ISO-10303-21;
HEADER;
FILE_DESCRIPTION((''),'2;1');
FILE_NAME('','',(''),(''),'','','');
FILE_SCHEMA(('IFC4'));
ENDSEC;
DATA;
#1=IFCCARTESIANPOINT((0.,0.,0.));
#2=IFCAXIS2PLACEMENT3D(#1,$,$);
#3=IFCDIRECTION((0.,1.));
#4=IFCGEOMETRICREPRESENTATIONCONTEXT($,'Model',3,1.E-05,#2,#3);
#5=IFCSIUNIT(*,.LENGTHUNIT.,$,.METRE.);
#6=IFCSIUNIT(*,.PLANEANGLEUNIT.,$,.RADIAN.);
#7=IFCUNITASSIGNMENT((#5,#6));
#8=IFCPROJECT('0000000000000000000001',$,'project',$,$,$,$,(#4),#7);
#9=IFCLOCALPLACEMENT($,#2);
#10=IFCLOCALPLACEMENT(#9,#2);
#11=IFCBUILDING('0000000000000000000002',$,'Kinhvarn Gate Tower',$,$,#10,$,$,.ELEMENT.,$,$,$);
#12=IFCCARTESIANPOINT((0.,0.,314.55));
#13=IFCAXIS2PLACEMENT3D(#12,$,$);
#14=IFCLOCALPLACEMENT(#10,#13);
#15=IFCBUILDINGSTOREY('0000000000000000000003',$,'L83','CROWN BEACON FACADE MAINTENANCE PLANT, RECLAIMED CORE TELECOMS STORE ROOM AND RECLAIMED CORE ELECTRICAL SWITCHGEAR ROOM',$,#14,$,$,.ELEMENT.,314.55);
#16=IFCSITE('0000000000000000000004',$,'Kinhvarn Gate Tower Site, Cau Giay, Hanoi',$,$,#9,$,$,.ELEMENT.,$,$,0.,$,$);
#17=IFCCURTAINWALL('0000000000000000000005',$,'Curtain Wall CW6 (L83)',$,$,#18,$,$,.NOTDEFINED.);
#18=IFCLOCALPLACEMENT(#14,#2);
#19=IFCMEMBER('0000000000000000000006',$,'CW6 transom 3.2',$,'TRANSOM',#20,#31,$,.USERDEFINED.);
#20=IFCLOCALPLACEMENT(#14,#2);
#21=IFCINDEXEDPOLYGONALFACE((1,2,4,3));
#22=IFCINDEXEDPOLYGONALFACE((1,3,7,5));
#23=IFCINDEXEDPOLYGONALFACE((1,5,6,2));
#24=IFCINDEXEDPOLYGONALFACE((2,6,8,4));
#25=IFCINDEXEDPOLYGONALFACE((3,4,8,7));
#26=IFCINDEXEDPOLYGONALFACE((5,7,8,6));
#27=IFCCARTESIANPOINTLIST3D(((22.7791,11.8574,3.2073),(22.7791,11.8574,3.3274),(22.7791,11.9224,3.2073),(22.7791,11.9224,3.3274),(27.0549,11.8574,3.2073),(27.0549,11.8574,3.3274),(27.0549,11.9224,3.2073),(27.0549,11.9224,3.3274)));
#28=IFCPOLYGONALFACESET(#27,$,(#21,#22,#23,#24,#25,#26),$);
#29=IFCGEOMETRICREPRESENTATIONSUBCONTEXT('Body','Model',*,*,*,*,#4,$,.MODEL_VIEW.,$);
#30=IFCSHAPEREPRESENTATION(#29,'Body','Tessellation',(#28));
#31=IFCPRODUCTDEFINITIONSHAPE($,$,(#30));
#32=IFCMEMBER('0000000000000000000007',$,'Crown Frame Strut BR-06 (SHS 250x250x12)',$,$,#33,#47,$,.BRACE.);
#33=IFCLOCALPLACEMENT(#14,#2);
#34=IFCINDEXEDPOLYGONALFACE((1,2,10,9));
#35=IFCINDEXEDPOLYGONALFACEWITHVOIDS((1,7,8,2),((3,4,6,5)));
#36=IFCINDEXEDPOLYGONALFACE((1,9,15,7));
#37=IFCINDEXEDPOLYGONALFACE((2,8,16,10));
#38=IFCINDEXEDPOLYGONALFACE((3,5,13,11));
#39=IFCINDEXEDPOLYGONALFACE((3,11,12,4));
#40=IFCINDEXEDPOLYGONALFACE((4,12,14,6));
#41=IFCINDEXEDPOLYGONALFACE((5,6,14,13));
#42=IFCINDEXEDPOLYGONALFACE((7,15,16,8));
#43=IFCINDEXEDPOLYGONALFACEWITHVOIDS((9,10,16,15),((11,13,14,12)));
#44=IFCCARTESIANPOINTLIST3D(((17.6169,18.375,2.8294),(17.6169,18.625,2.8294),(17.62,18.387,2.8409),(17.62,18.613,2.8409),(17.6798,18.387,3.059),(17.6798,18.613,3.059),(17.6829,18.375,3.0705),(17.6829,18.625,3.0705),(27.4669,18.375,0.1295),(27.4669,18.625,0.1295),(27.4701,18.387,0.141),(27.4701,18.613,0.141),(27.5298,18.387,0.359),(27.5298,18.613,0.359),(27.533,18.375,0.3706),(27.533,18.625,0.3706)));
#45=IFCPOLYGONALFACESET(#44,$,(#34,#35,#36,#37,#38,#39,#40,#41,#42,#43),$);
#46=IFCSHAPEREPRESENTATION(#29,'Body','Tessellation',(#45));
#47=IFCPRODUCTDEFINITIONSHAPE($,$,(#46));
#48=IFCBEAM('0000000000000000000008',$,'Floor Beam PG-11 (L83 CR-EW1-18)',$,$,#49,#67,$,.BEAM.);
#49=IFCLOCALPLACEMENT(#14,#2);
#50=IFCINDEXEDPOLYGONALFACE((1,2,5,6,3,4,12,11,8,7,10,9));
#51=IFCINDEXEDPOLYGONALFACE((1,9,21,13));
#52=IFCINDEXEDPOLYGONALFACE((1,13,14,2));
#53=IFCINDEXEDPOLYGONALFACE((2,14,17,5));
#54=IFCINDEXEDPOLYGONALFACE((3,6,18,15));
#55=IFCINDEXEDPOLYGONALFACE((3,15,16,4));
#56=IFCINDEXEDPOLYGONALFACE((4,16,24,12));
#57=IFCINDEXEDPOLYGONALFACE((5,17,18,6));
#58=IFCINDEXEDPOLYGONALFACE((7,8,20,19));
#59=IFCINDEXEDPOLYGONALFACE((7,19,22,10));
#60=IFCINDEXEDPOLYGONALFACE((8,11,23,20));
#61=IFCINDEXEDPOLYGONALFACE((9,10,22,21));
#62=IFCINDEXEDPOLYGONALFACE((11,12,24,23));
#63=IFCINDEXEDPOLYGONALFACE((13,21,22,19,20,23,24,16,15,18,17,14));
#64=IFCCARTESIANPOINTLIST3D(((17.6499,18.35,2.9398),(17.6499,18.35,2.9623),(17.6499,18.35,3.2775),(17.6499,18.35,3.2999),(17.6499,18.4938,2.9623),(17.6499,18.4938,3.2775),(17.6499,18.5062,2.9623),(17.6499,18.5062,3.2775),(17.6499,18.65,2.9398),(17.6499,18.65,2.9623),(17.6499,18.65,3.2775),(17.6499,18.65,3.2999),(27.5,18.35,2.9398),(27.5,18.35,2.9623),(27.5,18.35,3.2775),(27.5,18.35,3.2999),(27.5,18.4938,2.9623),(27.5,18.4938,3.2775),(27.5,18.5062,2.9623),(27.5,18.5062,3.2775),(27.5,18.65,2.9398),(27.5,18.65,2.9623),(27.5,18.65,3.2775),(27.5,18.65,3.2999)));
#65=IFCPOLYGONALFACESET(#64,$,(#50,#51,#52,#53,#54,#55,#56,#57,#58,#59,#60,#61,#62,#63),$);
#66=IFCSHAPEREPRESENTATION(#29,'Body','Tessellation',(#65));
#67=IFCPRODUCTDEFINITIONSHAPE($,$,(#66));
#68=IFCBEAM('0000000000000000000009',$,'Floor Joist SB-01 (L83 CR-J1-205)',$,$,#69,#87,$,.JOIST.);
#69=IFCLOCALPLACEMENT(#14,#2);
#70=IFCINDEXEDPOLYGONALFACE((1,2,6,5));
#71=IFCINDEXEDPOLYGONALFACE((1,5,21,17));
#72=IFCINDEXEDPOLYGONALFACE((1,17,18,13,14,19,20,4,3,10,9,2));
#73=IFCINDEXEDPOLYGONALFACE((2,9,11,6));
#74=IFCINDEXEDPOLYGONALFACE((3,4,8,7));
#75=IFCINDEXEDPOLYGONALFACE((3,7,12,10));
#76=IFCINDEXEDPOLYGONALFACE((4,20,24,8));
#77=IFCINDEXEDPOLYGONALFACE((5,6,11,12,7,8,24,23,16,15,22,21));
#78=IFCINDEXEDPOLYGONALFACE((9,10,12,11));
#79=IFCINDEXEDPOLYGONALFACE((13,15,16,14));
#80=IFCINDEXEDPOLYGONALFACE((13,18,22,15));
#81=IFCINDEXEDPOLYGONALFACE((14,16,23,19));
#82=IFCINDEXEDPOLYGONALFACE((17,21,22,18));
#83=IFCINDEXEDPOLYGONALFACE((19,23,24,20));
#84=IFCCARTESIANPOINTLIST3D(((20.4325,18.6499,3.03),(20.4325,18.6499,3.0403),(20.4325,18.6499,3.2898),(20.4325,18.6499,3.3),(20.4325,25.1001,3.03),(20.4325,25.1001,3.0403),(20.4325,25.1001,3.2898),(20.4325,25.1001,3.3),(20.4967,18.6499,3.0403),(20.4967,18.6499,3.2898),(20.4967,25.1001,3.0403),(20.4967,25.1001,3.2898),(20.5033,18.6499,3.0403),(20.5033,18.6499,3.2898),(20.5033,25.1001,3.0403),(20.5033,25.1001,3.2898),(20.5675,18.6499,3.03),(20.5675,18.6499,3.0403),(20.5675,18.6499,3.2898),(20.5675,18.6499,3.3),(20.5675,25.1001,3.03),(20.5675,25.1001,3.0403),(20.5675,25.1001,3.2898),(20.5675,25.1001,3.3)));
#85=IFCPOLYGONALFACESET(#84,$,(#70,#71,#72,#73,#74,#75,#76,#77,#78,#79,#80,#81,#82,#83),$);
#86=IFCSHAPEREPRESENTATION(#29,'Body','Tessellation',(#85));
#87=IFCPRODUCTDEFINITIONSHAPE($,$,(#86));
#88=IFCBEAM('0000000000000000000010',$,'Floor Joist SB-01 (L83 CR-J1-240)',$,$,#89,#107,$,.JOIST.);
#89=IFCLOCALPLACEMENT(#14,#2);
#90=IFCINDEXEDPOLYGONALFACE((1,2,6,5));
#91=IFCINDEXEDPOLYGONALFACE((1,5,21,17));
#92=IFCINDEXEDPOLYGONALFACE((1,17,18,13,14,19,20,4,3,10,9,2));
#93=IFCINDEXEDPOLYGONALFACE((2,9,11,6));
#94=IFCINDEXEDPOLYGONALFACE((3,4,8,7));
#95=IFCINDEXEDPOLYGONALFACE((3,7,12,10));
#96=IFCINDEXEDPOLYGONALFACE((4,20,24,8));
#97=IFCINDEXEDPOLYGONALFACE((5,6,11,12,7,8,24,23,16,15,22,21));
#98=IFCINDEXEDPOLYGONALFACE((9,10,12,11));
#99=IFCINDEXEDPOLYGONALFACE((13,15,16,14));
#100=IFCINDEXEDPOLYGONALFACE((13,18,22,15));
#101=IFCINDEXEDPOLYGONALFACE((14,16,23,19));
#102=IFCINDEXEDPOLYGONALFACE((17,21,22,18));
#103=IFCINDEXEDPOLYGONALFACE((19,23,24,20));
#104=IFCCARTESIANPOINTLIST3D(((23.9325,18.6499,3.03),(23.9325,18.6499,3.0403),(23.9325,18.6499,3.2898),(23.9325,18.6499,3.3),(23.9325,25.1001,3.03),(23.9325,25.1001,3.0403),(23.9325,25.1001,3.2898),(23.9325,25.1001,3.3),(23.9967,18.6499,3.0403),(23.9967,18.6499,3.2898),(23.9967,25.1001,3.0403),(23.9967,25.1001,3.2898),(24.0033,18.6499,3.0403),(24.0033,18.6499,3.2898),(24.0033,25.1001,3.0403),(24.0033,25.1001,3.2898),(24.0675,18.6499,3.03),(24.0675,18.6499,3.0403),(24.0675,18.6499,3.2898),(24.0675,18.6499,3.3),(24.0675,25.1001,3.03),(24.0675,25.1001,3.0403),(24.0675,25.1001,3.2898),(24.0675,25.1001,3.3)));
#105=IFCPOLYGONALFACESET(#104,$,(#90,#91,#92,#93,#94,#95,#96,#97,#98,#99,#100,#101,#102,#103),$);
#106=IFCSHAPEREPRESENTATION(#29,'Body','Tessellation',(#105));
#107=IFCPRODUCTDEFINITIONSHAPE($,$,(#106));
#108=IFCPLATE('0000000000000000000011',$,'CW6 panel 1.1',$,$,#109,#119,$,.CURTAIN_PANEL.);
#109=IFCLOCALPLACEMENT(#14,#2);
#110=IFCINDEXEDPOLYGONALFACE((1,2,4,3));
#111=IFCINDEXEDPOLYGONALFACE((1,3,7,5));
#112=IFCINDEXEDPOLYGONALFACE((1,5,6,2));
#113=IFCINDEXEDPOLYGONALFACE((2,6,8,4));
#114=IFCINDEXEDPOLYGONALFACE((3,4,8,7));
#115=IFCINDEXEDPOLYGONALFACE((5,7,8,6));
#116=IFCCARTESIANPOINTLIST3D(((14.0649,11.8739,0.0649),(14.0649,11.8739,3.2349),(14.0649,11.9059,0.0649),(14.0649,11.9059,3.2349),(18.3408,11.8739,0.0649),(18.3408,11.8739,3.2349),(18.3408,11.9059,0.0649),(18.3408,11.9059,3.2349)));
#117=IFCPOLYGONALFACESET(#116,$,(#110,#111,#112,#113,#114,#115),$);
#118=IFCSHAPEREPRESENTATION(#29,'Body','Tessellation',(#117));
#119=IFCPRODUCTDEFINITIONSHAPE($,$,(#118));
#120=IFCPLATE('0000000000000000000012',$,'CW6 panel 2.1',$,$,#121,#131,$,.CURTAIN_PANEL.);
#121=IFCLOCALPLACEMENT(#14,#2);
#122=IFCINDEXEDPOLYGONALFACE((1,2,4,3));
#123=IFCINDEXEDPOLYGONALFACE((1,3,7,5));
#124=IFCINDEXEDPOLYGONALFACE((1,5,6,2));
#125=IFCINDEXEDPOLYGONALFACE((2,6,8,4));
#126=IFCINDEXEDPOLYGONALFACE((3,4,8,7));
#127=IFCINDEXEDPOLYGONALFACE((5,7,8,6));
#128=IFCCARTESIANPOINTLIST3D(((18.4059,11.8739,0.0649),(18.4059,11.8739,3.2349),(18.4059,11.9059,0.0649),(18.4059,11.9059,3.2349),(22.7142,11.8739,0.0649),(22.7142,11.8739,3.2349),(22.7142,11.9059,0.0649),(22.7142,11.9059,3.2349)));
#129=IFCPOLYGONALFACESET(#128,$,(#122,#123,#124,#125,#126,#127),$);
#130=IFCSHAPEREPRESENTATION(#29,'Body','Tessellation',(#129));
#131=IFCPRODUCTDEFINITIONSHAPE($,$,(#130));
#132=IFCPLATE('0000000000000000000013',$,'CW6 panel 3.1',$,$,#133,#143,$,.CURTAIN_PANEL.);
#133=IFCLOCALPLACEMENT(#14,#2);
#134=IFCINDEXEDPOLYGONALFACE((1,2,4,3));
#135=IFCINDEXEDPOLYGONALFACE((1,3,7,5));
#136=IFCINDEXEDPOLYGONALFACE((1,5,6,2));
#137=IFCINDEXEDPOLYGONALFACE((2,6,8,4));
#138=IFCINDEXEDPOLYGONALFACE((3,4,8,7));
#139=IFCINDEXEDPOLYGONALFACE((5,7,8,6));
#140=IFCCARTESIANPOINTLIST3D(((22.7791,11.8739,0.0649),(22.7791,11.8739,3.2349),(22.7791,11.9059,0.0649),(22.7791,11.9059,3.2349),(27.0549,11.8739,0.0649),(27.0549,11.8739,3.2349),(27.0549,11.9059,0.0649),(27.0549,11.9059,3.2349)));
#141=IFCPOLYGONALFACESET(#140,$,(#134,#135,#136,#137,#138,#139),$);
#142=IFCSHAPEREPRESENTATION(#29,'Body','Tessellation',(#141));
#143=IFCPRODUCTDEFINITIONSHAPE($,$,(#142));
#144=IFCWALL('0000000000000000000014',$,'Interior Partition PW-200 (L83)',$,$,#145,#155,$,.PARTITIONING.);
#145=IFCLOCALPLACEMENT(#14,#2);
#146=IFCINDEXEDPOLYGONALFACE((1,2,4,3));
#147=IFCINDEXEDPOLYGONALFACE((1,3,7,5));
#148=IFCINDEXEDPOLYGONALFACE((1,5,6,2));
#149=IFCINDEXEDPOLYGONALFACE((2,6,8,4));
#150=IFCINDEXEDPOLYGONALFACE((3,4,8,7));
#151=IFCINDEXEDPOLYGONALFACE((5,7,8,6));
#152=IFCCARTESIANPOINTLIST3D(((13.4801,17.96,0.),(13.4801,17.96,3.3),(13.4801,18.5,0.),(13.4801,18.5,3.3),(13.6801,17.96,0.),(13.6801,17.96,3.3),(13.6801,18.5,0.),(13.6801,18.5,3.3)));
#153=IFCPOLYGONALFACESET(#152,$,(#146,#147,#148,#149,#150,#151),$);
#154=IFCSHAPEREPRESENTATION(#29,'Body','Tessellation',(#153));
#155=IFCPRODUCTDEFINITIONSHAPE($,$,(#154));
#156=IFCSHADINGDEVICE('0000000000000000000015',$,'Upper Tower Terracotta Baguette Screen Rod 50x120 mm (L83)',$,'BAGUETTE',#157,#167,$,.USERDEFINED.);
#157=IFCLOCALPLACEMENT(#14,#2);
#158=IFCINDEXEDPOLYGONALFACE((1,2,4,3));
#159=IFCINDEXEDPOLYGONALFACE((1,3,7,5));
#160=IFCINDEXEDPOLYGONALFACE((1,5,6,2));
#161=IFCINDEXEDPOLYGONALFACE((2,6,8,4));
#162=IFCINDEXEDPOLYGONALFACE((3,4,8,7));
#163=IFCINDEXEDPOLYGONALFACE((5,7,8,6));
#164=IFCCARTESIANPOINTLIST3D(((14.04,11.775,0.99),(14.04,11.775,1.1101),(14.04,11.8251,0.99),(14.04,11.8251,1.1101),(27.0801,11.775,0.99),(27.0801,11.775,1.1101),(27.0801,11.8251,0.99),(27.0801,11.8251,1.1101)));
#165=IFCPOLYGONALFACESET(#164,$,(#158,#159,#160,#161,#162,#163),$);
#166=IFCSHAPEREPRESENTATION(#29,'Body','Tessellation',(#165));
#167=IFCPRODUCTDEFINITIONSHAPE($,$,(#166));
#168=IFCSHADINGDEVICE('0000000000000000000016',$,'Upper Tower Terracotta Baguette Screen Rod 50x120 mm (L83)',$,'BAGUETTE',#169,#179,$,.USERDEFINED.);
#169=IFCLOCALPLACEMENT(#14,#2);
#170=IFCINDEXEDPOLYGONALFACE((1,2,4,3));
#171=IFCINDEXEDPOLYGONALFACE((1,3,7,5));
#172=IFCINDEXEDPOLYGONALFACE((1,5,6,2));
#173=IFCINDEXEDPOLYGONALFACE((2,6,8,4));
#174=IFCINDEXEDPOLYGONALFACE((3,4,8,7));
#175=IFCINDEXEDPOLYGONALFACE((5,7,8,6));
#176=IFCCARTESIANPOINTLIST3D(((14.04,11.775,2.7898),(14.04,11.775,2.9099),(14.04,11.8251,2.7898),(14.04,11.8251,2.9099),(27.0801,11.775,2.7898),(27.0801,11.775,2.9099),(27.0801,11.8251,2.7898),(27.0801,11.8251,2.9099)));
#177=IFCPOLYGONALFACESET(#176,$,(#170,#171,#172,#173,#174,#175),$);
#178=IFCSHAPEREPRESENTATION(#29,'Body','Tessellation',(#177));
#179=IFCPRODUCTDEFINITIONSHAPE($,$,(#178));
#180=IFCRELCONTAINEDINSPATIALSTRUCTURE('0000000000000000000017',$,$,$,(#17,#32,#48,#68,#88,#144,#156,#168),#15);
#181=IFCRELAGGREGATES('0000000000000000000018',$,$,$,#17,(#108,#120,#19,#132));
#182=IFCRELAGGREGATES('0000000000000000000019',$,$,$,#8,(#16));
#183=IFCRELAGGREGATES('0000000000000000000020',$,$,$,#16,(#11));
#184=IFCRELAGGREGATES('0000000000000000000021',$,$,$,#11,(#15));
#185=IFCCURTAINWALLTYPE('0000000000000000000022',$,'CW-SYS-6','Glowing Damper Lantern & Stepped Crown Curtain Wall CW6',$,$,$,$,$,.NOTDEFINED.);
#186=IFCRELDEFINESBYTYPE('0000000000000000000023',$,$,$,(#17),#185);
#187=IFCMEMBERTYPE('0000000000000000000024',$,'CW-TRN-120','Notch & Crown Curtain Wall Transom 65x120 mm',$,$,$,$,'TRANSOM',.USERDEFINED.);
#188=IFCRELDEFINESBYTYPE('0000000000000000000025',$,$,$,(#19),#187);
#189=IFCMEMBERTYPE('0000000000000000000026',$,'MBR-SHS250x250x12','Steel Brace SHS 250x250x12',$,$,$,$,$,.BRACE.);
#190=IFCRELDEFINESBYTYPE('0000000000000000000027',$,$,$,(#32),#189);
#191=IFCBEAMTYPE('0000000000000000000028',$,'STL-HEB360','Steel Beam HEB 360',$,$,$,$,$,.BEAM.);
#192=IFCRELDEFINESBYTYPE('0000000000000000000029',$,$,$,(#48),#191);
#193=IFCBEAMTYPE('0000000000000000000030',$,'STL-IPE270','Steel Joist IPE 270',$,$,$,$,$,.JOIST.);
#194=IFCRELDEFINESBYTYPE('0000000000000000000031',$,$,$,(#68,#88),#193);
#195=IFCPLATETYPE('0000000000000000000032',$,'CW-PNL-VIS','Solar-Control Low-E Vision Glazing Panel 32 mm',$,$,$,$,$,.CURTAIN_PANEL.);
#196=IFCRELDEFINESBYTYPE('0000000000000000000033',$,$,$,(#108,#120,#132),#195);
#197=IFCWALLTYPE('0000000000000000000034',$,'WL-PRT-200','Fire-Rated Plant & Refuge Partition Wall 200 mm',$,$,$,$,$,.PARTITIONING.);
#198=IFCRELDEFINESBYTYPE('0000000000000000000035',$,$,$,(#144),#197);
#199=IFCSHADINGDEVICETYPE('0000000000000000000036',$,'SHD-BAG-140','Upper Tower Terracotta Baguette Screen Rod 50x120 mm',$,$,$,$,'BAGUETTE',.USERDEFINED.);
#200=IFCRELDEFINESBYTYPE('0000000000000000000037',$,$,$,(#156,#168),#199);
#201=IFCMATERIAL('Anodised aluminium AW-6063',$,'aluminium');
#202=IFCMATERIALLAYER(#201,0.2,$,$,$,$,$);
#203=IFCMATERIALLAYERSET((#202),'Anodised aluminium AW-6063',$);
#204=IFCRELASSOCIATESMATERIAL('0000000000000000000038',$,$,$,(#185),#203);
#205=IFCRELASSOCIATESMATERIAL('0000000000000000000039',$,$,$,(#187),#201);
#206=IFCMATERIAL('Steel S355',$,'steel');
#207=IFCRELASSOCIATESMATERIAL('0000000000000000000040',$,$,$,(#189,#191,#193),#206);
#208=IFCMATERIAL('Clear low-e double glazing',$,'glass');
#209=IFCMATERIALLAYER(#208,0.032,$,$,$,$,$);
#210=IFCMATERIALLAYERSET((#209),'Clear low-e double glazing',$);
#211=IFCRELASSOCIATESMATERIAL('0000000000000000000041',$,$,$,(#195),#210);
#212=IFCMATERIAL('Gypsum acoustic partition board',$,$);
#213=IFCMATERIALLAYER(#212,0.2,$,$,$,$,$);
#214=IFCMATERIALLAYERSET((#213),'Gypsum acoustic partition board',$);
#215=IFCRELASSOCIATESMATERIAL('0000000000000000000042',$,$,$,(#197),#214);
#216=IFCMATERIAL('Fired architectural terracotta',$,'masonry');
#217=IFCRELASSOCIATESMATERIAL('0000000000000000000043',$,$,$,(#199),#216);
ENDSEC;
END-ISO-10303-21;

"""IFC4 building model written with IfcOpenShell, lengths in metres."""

from ifc_helpers import new_model, si_unit, direction, frame, frame_2d, origin, origin_2d, place, context, subcontext, project, spatial, rectangle, hollow_rectangle, i_section, extrude, material, layer, layer_set, material_profile, profile_set, type_object, element, aggregate, save


model = new_model("IFC4")

# Units and contexts
model_context = context("Model", 3, precision=1e-05, world=origin(), true_north=direction((0.0, 1.0)))
body_context = subcontext(model_context, "Body", "Model", "MODEL_VIEW")
ifc_project = project(units=[si_unit("LENGTHUNIT", "METRE"), si_unit("PLANEANGLEUNIT", "RADIAN")], contexts=[model_context])

# Site, building, storey
site_placement = place(None, origin())
site = spatial("IfcSite", under=ifc_project, at=site_placement, Name="Kinhvarn Gate Tower Site, Cau Giay, Hanoi", CompositionType="ELEMENT", RefElevation=0.0)
building_placement = place(site_placement, origin())
building = spatial("IfcBuilding", under=site, at=building_placement, Name="Kinhvarn Gate Tower", CompositionType="ELEMENT")
storey_placement = place(building_placement, frame((0.0, 0.0, 314.55)))
storey = spatial("IfcBuildingStorey", under=building, at=storey_placement, Name="L83", Description="CROWN BEACON FACADE MAINTENANCE PLANT, RECLAIMED CORE TELECOMS STORE ROOM AND RECLAIMED CORE ELECTRICAL SWITCHGEAR ROOM", CompositionType="ELEMENT", Elevation=314.55)

# Curtain wall, member
ifc_material_1 = material(Name="Anodised aluminium AW-6063", Category="aluminium")
ifc_layer_1 = layer(ifc_material_1, 0.2)
ifc_layer_set_1 = layer_set([ifc_layer_1], Name="Anodised aluminium AW-6063")
curtain_wall_type = type_object("IfcCurtainWallType", Name="CW-SYS-6", Description="Glowing Damper Lantern & Stepped Crown Curtain Wall CW6", PredefinedType="NOTDEFINED", material=ifc_layer_set_1)
curtain_wall_placement = place(storey_placement, origin())
curtain_wall = element("IfcCurtainWall", 1, at=curtain_wall_placement, inside=storey, type_object=curtain_wall_type, Name="Curtain Wall CW6 (L83)", PredefinedType="NOTDEFINED")
ifc_material_profile_1 = material_profile(ifc_material_1, rectangle(XDim=0.0649, YDim=0.1201, at=origin_2d()), Name="ALU 65x120")
ifc_profile_set_1 = profile_set([ifc_material_profile_1], Name="Anodised aluminium AW-6063")
member_type_1 = type_object("IfcMemberType", Name="CW-TRN-120", Description="Notch & Crown Curtain Wall Transom 65x120 mm", ElementType="TRANSOM", PredefinedType="USERDEFINED", material=ifc_profile_set_1)
member_1_placement = place(storey_placement, frame((22.7791, 11.8899, 3.2673), z_axis=(1.0, 0.0, 0.0), x_axis=(0.0, 1.0, 0.0)))
member_1 = element("IfcMember", 2, at=member_1_placement, type_object=member_type_1, Name="CW6 transom 3.2", ObjectType="TRANSOM", PredefinedType="USERDEFINED", context=body_context, shape_type="SweptSolid", body=[
    extrude(rectangle(XDim=0.0649, YDim=0.1201, at=origin_2d()), origin(), (0.0, 0.0, 1.0), 4.2759),
])

# Member
ifc_material_2 = material(Name="Steel S355", Category="steel")
ifc_material_profile_2 = material_profile(ifc_material_2, hollow_rectangle(XDim=0.25, YDim=0.25, WallThickness=0.012, at=origin_2d()), Name="SHS 250x250x12")
ifc_profile_set_2 = profile_set([ifc_material_profile_2], Name="Steel S355")
member_type_2 = type_object("IfcMemberType", Name="MBR-SHS250x250x12", Description="Steel Brace SHS 250x250x12", PredefinedType="BRACE", material=ifc_profile_set_2)
member_2_placement = place(storey_placement, frame((17.6499, 18.5, 2.95), z_axis=(0.964426, 0.0, -0.264353), x_axis=(0.0, 1.0, 0.0)))
element("IfcMember", 3, at=member_2_placement, inside=storey, type_object=member_type_2, Name="Crown Frame Strut BR-06 (SHS 250x250x12)", PredefinedType="BRACE", context=body_context, shape_type="SweptSolid", body=[
    extrude(hollow_rectangle(XDim=0.25, YDim=0.25, WallThickness=0.012, at=origin_2d()), origin(), (0.0, 0.0, 1.0), 10.2134),
])

# Beams
ifc_material_profile_3 = material_profile(ifc_material_2, i_section(OverallWidth=0.3, OverallDepth=0.3601, WebThickness=0.0125, FlangeThickness=0.0225, at=origin_2d()), Name="HEB 360")
ifc_profile_set_3 = profile_set([ifc_material_profile_3], Name="Steel S355")
beam_type_1 = type_object("IfcBeamType", Name="STL-HEB360", Description="Steel Beam HEB 360", PredefinedType="BEAM", material=ifc_profile_set_3)
beam_1_placement = place(storey_placement, frame((17.6499, 18.5, 3.1199), z_axis=(1.0, 0.0, 0.0), x_axis=(0.0, 1.0, 0.0)))
element("IfcBeam", 4, at=beam_1_placement, inside=storey, type_object=beam_type_1, Name="Floor Beam PG-11 (L83 CR-EW1-18)", PredefinedType="BEAM", context=body_context, shape_type="SweptSolid", body=[
    extrude(i_section(OverallWidth=0.3, OverallDepth=0.3601, WebThickness=0.0125, FlangeThickness=0.0225, at=origin_2d()), origin(), (0.0, 0.0, 1.0), 9.8501),
])
ifc_material_profile_4 = material_profile(ifc_material_2, i_section(OverallWidth=0.135, OverallDepth=0.27, WebThickness=0.0066, FlangeThickness=0.0103, at=origin_2d()), Name="IPE 270")
ifc_profile_set_4 = profile_set([ifc_material_profile_4], Name="Steel S355")
beam_type_2 = type_object("IfcBeamType", Name="STL-IPE270", Description="Steel Joist IPE 270", PredefinedType="JOIST", material=ifc_profile_set_4)
for number, where, z_axis, x_axis, name in (
    (5, (20.5, 18.6499, 3.165), (0.0, 1.0, 0.0), (-1.0, 0.0, 0.0), "Floor Joist SB-01 (L83 CR-J1-205)"),
    (6, (24.0, 18.6499, 3.165), (0.0, 1.0, 0.0), (-1.0, 0.0, 0.0), "Floor Joist SB-01 (L83 CR-J1-240)"),
):
    element("IfcBeam", number, at=place(storey_placement, frame(where, z_axis=z_axis, x_axis=x_axis)), inside=storey, type_object=beam_type_2, Name=name, PredefinedType="JOIST", context=body_context, shape_type="SweptSolid", body=[
        extrude(i_section(OverallWidth=0.135, OverallDepth=0.27, WebThickness=0.0066, FlangeThickness=0.0103, at=origin_2d()), origin(), (0.0, 0.0, 1.0), 6.4502),
    ])

# Plates
ifc_material_3 = material(Name="Clear low-e double glazing", Category="glass")
ifc_layer_2 = layer(ifc_material_3, 0.032)
ifc_layer_set_2 = layer_set([ifc_layer_2], Name="Clear low-e double glazing")
plate_type = type_object("IfcPlateType", Name="CW-PNL-VIS", Description="Solar-Control Low-E Vision Glazing Panel 32 mm", PredefinedType="CURTAIN_PANEL", material=ifc_layer_set_2)
plate_1_placement = place(storey_placement, frame((16.2029, 11.8899, 0.0649), z_axis=(0.0, 0.0, 1.0), x_axis=(1.0, 0.0, 0.0)))
plate_1 = element("IfcPlate", 7, at=plate_1_placement, type_object=plate_type, Name="CW6 panel 1.1", PredefinedType="CURTAIN_PANEL", context=body_context, shape_type="SweptSolid", body=[
    extrude(rectangle(XDim=4.2759, YDim=0.032, at=origin_2d()), origin(), (0.0, 0.0, 1.0), 3.1699),
])
plate_2_placement = place(storey_placement, frame((20.5601, 11.8899, 0.0649), z_axis=(0.0, 0.0, 1.0), x_axis=(1.0, 0.0, 0.0)))
plate_2 = element("IfcPlate", 8, at=plate_2_placement, type_object=plate_type, Name="CW6 panel 2.1", PredefinedType="CURTAIN_PANEL", context=body_context, shape_type="SweptSolid", body=[
    extrude(rectangle(XDim=4.3083, YDim=0.032, at=origin_2d()), origin(), (0.0, 0.0, 1.0), 3.1699),
])
plate_3_placement = place(storey_placement, frame((24.917, 11.8899, 0.0649), z_axis=(0.0, 0.0, 1.0), x_axis=(1.0, 0.0, 0.0)))
plate_3 = element("IfcPlate", 9, at=plate_3_placement, type_object=plate_type, Name="CW6 panel 3.1", PredefinedType="CURTAIN_PANEL", context=body_context, shape_type="SweptSolid", body=[
    extrude(rectangle(XDim=4.2759, YDim=0.032, at=origin_2d()), origin(), (0.0, 0.0, 1.0), 3.1699),
])
aggregate(curtain_wall, [plate_1, plate_2, member_1, plate_3])

# Wall
ifc_material_4 = material(Name="Gypsum acoustic partition board")
ifc_layer_3 = layer(ifc_material_4, 0.2)
ifc_layer_set_3 = layer_set([ifc_layer_3], Name="Gypsum acoustic partition board")
wall_type_1 = type_object("IfcWallType", Name="WL-PRT-200", Description="Fire-Rated Plant & Refuge Partition Wall 200 mm", PredefinedType="PARTITIONING", material=ifc_layer_set_3)
wall_1_placement = place(storey_placement, frame((13.5801, 17.96, 0.0), z_axis=(0.0, 0.0, 1.0), x_axis=(0.0, 1.0, 0.0)))
element("IfcWall", 10, at=wall_1_placement, inside=storey, type_object=wall_type_1, Name="Interior Partition PW-200 (L83)", PredefinedType="PARTITIONING", context=body_context, shape_type="SweptSolid", body=[
    extrude(rectangle(XDim=0.54, YDim=0.2, at=frame_2d((0.27, 0.0))), origin(), (0.0, 0.0, 1.0), 3.3),
])

# Shading devices
ifc_material_5 = material(Name="Fired architectural terracotta", Category="masonry")
ifc_material_profile_5 = material_profile(ifc_material_5, rectangle(XDim=0.05, YDim=0.1201, at=origin_2d()), Name="TC 50x120")
ifc_profile_set_5 = profile_set([ifc_material_profile_5], Name="Fired architectural terracotta")
shading_device_type = type_object("IfcShadingDeviceType", Name="SHD-BAG-140", Description="Upper Tower Terracotta Baguette Screen Rod 50x120 mm", ElementType="BAGUETTE", PredefinedType="USERDEFINED", material=ifc_profile_set_5)
for number, where, z_axis, x_axis, name in (
    (11, (14.04, 11.8, 1.05), (1.0, 0.0, 0.0), (0.0, 1.0, 0.0), "Upper Tower Terracotta Baguette Screen Rod 50x120 mm (L83)"),
    (12, (14.04, 11.8, 2.8499), (1.0, 0.0, 0.0), (0.0, 1.0, 0.0), "Upper Tower Terracotta Baguette Screen Rod 50x120 mm (L83)"),
):
    element("IfcShadingDevice", number, at=place(storey_placement, frame(where, z_axis=z_axis, x_axis=x_axis)), inside=storey, type_object=shading_device_type, Name=name, ObjectType="BAGUETTE", PredefinedType="USERDEFINED", context=body_context, shape_type="SweptSolid", body=[
        extrude(rectangle(XDim=0.05, YDim=0.1201, at=origin_2d()), origin(), (0.0, 0.0, 1.0), 13.04),
    ])

save(model, "model.ifc")
